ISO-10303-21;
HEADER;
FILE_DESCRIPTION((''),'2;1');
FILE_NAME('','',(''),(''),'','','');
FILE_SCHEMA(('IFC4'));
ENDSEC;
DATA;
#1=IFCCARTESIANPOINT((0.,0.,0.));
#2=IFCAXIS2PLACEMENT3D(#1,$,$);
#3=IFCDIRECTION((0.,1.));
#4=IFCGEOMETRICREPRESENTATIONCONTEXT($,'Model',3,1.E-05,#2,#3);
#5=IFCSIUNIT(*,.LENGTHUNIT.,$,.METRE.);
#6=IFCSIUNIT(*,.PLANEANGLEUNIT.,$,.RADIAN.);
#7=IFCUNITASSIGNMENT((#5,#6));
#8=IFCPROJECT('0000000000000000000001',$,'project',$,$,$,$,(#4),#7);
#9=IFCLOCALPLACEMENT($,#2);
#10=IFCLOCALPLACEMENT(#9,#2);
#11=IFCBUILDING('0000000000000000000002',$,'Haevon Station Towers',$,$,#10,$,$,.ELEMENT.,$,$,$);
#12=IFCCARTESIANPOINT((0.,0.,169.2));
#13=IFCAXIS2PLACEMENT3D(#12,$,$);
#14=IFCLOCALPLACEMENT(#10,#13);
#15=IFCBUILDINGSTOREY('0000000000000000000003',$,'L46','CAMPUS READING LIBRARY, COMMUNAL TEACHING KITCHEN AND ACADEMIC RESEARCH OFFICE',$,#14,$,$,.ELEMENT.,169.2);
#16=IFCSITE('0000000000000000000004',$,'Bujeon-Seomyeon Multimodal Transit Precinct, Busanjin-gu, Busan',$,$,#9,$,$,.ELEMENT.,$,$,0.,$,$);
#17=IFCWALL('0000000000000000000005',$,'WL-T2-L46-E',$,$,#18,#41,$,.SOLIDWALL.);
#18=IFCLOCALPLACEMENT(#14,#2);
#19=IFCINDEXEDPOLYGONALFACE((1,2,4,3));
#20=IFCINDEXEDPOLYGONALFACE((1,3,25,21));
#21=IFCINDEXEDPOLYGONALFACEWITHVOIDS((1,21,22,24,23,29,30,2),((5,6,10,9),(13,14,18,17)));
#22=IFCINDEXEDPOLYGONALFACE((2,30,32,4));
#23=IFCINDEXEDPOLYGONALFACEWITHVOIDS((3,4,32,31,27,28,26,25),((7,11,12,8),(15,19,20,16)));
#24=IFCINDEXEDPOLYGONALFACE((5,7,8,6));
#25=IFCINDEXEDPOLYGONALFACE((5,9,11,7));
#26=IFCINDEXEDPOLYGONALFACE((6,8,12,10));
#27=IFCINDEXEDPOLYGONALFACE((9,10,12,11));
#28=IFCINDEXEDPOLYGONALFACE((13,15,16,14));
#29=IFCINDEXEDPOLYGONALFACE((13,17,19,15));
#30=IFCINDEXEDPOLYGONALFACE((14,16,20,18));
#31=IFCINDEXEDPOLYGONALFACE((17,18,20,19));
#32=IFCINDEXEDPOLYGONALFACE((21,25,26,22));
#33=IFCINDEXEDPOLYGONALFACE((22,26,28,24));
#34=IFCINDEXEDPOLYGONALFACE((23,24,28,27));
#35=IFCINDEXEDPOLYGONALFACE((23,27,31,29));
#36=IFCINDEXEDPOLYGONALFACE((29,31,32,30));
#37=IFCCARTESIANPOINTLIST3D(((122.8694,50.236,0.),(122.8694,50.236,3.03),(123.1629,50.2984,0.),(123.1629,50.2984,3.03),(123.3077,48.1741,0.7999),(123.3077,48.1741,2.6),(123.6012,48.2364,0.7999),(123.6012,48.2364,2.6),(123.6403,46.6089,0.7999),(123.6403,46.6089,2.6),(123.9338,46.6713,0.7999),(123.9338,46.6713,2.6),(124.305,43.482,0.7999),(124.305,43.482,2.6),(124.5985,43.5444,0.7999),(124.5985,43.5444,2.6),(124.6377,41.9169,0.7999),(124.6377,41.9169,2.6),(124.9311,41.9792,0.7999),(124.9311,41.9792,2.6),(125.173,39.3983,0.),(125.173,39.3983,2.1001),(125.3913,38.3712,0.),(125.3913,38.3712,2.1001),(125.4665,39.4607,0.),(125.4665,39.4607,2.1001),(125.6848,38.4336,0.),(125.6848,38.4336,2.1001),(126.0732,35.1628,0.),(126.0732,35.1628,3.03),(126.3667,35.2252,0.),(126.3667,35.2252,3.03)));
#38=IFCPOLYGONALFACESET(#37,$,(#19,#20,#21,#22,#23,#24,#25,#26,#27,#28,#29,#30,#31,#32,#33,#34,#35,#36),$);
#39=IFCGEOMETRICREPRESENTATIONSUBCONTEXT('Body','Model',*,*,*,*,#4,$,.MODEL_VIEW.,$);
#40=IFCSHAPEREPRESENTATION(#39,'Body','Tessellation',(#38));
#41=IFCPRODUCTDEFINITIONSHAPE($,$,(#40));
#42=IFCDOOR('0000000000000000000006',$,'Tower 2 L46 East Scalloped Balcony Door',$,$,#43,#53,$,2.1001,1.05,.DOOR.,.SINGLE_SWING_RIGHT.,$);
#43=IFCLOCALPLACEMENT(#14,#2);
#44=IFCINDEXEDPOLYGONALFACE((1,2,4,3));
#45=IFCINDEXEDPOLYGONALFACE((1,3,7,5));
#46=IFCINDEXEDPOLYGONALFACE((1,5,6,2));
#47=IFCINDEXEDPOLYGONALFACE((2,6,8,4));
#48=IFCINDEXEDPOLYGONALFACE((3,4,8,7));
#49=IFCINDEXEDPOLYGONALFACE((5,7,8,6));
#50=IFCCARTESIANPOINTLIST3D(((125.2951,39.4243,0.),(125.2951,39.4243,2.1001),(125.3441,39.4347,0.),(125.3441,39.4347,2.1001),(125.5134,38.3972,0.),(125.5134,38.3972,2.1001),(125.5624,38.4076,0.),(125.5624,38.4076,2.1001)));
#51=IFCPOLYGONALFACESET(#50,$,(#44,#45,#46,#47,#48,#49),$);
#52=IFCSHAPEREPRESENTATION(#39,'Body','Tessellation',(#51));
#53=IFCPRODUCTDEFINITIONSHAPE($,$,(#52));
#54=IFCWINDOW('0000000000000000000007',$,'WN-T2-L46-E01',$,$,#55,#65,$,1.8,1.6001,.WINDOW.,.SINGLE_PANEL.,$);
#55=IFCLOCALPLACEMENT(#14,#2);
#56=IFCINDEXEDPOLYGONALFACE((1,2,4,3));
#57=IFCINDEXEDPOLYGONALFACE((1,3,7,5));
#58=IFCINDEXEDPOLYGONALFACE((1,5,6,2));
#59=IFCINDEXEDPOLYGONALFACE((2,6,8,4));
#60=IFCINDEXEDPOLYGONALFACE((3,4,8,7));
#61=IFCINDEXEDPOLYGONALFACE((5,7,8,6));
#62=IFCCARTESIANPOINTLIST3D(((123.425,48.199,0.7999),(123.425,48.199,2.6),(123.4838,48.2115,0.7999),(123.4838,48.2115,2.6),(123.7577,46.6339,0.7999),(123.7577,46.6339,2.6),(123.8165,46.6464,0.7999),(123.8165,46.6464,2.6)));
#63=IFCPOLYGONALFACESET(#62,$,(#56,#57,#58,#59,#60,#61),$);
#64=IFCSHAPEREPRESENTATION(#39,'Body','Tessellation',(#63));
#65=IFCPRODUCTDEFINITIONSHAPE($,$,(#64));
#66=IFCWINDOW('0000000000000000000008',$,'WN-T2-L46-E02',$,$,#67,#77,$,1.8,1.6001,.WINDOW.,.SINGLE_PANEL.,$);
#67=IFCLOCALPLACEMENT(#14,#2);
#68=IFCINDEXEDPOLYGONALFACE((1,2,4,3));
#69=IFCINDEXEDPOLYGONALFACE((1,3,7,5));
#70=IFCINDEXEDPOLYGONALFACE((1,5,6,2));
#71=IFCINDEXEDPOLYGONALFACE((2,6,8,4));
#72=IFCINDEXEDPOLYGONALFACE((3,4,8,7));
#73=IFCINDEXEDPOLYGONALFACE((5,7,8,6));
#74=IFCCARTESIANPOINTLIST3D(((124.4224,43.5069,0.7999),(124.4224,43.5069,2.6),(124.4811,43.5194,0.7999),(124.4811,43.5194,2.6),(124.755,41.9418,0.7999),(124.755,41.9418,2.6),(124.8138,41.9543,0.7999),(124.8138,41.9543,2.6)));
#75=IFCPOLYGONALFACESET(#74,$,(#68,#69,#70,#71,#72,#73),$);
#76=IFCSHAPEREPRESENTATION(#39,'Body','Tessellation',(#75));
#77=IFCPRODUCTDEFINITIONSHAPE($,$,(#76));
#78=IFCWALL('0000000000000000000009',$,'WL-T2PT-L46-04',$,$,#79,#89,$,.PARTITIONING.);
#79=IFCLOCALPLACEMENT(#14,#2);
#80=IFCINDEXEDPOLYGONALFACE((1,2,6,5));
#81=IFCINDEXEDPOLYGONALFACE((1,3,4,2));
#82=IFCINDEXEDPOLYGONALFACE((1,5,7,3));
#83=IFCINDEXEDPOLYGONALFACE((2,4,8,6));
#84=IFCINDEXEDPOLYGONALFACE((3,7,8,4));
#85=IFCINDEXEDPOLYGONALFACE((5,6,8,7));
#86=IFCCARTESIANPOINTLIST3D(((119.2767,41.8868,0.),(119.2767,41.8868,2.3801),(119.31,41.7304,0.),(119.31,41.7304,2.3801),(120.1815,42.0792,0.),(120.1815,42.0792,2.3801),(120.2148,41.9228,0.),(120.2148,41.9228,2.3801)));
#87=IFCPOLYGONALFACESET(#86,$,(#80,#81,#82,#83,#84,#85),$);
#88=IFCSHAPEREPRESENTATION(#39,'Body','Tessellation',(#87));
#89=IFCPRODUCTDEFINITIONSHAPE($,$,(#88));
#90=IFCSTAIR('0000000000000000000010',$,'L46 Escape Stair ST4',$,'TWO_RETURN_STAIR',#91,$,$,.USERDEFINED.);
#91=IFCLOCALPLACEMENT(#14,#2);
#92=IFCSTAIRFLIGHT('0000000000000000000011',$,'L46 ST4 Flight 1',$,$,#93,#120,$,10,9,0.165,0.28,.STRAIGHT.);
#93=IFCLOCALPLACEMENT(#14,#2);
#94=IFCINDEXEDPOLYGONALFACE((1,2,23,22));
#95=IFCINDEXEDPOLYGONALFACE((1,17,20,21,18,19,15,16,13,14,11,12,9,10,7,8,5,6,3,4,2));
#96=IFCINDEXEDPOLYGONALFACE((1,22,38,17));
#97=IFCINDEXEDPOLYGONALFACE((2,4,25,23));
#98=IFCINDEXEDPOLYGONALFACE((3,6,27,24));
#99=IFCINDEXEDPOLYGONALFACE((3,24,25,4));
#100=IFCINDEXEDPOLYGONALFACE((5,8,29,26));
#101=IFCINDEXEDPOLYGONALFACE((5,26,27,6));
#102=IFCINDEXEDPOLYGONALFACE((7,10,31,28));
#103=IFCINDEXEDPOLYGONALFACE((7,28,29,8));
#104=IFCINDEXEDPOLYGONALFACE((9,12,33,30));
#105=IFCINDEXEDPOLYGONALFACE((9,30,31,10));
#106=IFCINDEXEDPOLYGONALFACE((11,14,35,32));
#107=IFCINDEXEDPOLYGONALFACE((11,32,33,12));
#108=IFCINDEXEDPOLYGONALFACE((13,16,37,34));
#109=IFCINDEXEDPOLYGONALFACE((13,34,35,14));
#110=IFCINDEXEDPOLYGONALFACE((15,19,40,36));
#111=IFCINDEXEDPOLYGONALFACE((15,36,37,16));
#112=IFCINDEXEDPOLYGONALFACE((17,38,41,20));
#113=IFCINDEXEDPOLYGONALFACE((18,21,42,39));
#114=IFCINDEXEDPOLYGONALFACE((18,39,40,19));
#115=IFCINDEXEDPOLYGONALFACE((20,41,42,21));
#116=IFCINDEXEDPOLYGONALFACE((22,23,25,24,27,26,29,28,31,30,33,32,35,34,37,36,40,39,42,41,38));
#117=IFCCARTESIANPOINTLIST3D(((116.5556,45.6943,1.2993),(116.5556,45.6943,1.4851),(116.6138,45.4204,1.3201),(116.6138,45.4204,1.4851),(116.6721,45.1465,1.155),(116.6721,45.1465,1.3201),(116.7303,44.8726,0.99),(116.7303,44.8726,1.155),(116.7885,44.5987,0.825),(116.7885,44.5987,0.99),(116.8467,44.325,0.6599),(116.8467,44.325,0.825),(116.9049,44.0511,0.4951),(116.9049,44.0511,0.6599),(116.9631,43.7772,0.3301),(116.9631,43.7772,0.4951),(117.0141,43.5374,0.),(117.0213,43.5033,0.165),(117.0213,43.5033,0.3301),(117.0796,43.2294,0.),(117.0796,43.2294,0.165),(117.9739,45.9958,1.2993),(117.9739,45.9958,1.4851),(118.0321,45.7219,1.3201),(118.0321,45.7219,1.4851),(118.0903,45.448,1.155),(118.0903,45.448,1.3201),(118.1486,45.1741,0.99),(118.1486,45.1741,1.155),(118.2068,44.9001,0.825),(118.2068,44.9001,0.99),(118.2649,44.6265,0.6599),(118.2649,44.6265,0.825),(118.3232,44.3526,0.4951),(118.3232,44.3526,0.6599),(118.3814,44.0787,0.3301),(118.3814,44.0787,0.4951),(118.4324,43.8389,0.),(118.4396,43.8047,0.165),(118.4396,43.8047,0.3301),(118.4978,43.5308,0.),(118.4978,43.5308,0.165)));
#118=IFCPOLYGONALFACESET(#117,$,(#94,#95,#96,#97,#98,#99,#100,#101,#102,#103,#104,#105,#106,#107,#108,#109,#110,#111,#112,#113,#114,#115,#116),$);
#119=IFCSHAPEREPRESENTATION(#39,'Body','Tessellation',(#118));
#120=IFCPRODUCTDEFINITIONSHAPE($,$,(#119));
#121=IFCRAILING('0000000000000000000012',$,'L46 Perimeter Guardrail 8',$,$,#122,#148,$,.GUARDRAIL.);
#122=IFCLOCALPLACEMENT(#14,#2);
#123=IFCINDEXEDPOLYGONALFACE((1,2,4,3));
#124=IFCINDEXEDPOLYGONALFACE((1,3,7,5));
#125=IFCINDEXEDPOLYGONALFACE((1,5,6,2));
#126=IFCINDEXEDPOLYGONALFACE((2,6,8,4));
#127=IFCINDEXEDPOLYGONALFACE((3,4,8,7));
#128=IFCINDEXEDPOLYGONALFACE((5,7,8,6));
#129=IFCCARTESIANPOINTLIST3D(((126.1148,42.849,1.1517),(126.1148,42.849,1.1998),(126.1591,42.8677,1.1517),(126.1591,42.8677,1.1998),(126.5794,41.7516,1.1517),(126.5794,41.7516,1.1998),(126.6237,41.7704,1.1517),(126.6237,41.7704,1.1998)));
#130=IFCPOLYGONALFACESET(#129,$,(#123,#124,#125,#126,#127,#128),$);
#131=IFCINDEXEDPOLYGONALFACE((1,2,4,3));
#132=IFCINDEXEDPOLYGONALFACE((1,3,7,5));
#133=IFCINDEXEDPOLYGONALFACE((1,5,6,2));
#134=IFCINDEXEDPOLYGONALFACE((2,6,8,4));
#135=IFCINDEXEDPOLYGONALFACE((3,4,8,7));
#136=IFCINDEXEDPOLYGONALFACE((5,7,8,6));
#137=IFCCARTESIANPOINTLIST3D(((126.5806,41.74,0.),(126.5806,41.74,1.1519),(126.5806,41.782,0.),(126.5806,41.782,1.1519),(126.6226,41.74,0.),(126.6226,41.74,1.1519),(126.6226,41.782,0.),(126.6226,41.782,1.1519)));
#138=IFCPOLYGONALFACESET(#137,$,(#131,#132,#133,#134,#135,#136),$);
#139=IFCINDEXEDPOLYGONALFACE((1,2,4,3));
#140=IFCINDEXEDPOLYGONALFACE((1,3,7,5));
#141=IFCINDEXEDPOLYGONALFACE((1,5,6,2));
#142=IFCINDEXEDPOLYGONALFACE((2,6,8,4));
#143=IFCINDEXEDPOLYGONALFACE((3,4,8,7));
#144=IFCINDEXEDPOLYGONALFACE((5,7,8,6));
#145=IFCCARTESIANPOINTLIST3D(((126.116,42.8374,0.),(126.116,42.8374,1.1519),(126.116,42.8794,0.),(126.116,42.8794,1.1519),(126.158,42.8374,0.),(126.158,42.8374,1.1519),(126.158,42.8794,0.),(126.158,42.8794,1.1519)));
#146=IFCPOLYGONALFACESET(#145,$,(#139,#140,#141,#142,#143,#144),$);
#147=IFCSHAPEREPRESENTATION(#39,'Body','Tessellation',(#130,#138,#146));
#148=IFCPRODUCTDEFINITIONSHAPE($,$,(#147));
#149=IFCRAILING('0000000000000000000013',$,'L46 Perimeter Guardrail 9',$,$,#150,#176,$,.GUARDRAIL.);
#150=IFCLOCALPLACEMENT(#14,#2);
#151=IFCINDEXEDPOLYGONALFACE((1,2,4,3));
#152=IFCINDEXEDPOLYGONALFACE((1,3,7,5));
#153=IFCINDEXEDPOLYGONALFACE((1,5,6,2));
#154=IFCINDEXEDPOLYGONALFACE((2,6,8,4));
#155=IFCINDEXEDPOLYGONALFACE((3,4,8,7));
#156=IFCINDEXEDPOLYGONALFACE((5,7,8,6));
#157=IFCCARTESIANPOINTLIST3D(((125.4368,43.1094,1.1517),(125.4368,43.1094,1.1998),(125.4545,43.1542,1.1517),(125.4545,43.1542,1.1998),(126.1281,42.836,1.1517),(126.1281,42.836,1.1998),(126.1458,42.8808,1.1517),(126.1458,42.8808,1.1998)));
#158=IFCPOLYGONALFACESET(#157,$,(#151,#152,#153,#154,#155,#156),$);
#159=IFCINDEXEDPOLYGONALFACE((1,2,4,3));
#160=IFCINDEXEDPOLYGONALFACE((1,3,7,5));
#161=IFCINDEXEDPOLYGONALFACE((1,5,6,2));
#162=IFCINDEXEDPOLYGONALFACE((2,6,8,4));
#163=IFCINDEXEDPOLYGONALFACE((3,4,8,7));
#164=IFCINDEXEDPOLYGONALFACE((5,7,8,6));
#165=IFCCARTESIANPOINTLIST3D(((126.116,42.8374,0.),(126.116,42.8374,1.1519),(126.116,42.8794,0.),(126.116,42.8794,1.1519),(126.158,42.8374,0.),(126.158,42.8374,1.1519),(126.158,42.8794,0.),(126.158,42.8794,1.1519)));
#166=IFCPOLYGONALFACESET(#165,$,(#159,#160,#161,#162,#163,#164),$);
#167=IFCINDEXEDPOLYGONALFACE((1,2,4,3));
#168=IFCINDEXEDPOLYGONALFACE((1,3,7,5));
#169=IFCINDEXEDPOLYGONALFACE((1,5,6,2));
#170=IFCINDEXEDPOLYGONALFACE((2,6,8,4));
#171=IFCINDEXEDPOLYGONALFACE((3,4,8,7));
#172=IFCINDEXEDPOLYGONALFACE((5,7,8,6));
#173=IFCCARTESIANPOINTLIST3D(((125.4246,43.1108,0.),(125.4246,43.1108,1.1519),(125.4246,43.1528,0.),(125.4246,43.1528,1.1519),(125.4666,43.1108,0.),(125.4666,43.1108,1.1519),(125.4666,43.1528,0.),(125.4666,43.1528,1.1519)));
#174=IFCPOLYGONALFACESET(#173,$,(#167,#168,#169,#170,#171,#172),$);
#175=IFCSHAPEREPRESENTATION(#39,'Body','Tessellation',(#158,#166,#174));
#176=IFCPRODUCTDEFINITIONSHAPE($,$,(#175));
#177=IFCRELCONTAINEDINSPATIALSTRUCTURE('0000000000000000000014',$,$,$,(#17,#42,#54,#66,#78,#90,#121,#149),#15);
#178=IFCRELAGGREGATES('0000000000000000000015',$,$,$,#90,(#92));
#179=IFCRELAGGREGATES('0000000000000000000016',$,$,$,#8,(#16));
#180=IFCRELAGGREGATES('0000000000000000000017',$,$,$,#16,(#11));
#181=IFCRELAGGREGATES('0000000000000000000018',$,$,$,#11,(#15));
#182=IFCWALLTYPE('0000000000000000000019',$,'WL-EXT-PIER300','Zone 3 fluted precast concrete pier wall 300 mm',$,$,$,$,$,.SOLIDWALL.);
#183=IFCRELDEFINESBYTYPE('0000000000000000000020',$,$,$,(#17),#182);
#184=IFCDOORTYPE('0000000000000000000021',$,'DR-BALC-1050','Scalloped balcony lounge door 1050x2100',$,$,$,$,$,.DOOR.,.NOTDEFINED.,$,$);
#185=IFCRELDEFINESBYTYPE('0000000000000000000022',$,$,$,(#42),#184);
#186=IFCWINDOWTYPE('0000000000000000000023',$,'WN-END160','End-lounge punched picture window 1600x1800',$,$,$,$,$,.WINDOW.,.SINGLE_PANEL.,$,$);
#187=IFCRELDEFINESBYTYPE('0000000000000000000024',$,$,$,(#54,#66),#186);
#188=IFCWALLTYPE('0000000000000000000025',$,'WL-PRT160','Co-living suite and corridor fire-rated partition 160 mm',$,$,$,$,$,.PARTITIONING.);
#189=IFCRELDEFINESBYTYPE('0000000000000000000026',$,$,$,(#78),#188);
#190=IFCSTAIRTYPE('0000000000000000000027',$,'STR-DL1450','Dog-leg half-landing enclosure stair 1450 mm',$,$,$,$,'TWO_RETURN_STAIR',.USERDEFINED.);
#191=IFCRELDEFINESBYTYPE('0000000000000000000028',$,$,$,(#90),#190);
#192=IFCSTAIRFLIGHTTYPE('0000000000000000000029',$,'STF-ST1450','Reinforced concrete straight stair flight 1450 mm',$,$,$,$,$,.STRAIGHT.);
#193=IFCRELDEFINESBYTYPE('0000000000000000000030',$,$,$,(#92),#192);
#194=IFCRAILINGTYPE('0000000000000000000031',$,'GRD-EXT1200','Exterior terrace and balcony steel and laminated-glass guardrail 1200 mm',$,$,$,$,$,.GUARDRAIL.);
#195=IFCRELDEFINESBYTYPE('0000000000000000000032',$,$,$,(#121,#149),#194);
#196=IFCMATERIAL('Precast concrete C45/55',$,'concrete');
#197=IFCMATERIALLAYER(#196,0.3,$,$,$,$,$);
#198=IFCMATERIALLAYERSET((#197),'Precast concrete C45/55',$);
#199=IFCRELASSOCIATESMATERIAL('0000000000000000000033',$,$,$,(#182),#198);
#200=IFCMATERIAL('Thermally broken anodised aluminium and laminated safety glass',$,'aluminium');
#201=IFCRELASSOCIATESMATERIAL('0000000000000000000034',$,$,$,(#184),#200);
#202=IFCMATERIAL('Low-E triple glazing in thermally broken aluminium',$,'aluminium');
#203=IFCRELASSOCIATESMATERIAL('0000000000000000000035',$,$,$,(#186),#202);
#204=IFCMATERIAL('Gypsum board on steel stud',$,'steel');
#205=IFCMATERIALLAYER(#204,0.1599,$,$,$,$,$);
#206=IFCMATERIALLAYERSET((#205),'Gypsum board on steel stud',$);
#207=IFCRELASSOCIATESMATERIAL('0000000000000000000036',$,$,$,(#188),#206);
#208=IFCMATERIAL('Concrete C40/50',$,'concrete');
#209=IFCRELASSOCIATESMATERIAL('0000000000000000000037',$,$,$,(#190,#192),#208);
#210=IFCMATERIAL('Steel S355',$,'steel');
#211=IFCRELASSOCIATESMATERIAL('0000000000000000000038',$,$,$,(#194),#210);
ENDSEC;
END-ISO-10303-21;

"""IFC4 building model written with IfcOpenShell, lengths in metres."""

from ifc_helpers import new_model, si_unit, direction, frame, frame_2d, origin, origin_2d, place, context, subcontext, project, spatial, polyline, rectangle, outline, extrude, material, layer, layer_set, type_object, element, fill, aggregate, save


model = new_model("IFC4")

# Units and contexts
model_context = context("Model", 3, precision=1e-05, world=origin(), true_north=direction((0.0, 1.0)))
body_context = subcontext(model_context, "Body", "Model", "MODEL_VIEW")
ifc_project = project(units=[si_unit("LENGTHUNIT", "METRE"), si_unit("PLANEANGLEUNIT", "RADIAN")], contexts=[model_context])

# Site, building, storey
site_placement = place(None, origin())
site = spatial("IfcSite", under=ifc_project, at=site_placement, Name="Bujeon-Seomyeon Multimodal Transit Precinct, Busanjin-gu, Busan", CompositionType="ELEMENT", RefElevation=0.0)
building_placement = place(site_placement, origin())
building = spatial("IfcBuilding", under=site, at=building_placement, Name="Haevon Station Towers", CompositionType="ELEMENT")
storey_placement = place(building_placement, frame((0.0, 0.0, 169.2)))
storey = spatial("IfcBuildingStorey", under=building, at=storey_placement, Name="L46", Description="CAMPUS READING LIBRARY, COMMUNAL TEACHING KITCHEN AND ACADEMIC RESEARCH OFFICE", CompositionType="ELEMENT", Elevation=169.2)

# Shared definitions
ifc_material_1 = material(Name="Steel S355", Category="steel")

# Shared definitions
ifc_material_2 = material(Name="Precast concrete C45/55", Category="concrete")
ifc_layer_1 = layer(ifc_material_2, 0.3)
ifc_layer_set_1 = layer_set([ifc_layer_1], Name="Precast concrete C45/55")
wall_type_1 = type_object("IfcWallType", Name="WL-EXT-PIER300", Description="Zone 3 fluted precast concrete pier wall 300 mm", PredefinedType="SOLIDWALL", material=ifc_layer_set_1)

# Wall, openings, door, windows
wall_1_placement = place(storey_placement, frame((123.0161, 50.2673, 0.0), z_axis=(0.0, 0.0, 1.0), x_axis=(0.207908, -0.978148, 0.0)))
wall_1 = element("IfcWall", 1, at=wall_1_placement, inside=storey, type_object=wall_type_1, Name="WL-T2-L46-E", PredefinedType="SOLIDWALL", context=body_context, shape_type="SweptSolid", body=[
    extrude(rectangle(XDim=15.4099, YDim=0.3, at=frame_2d((7.7051, 0.0))), origin(), (0.0, 0.0, 1.0), 3.03),
])
opening_1_placement = place(wall_1_placement, frame((11.0801, 0.0, 0.0)))
opening_1 = element("IfcOpeningElement", 2, at=opening_1_placement, cuts=wall_1, PredefinedType="OPENING", context=body_context, shape_type="SweptSolid", body=[
    extrude(rectangle(XDim=1.05, YDim=2.1001, at=frame_2d((0.5249, 1.05))), frame((0.0, 0.1599, 0.0), z_axis=(0.0, -1.0, 0.0), x_axis=(1.0, 0.0, 0.0)), (0.0, 0.0, 1.0), 0.3201),
])
opening_2_placement = place(wall_1_placement, frame((2.1082, 0.0, 0.8)))
opening_2 = element("IfcOpeningElement", 3, at=opening_2_placement, cuts=wall_1, PredefinedType="OPENING", context=body_context, shape_type="SweptSolid", body=[
    extrude(rectangle(XDim=1.6001, YDim=1.8, at=frame_2d((0.8, 0.8999))), frame((0.0, 0.1599, 0.0), z_axis=(0.0, -1.0, 0.0), x_axis=(1.0, 0.0, 0.0)), (0.0, 0.0, 1.0), 0.3201),
])
opening_3_placement = place(wall_1_placement, frame((6.905, 0.0, 0.8)))
opening_3 = element("IfcOpeningElement", 4, at=opening_3_placement, cuts=wall_1, PredefinedType="OPENING", context=body_context, shape_type="SweptSolid", body=[
    extrude(rectangle(XDim=1.6001, YDim=1.8, at=frame_2d((0.8, 0.8999))), frame((0.0, 0.1599, 0.0), z_axis=(0.0, -1.0, 0.0), x_axis=(1.0, 0.0, 0.0)), (0.0, 0.0, 1.0), 0.3201),
])
ifc_material_3 = material(Name="Thermally broken anodised aluminium and laminated safety glass", Category="aluminium")
door_type = type_object("IfcDoorType", Name="DR-BALC-1050", Description="Scalloped balcony lounge door 1050x2100", OperationType="NOTDEFINED", PredefinedType="DOOR", material=ifc_material_3)
door_placement = place(opening_1_placement, origin())
door = element("IfcDoor", 5, at=door_placement, inside=storey, type_object=door_type, Name="Tower 2 L46 East Scalloped Balcony Door", OperationType="SINGLE_SWING_RIGHT", OverallHeight=2.1001, OverallWidth=1.05, PredefinedType="DOOR", context=body_context, shape_type="SweptSolid", body=[
    extrude(rectangle(XDim=1.05, YDim=2.1001, at=frame_2d((0.5249, 1.05))), frame((0.0, 0.0249, 0.0), z_axis=(0.0, -1.0, 0.0), x_axis=(1.0, 0.0, 0.0)), (0.0, 0.0, 1.0), 0.05),
])
fill(opening_1, door)
ifc_material_4 = material(Name="Low-E triple glazing in thermally broken aluminium", Category="aluminium")
window_type = type_object("IfcWindowType", Name="WN-END160", Description="End-lounge punched picture window 1600x1800", PartitioningType="SINGLE_PANEL", PredefinedType="WINDOW", material=ifc_material_4)
window_1_placement = place(opening_2_placement, origin())
window_1 = element("IfcWindow", 6, at=window_1_placement, inside=storey, type_object=window_type, Name="WN-T2-L46-E01", OverallHeight=1.8, OverallWidth=1.6001, PartitioningType="SINGLE_PANEL", PredefinedType="WINDOW", context=body_context, shape_type="SweptSolid", body=[
    extrude(rectangle(XDim=1.6001, YDim=1.8, at=frame_2d((0.8, 0.8999))), frame((0.0, 0.03, 0.0), z_axis=(0.0, -1.0, 0.0), x_axis=(1.0, 0.0, 0.0)), (0.0, 0.0, 1.0), 0.0601),
])
fill(opening_2, window_1)
window_2_placement = place(opening_3_placement, origin())
window_2 = element("IfcWindow", 7, at=window_2_placement, inside=storey, type_object=window_type, Name="WN-T2-L46-E02", OverallHeight=1.8, OverallWidth=1.6001, PartitioningType="SINGLE_PANEL", PredefinedType="WINDOW", context=body_context, shape_type="SweptSolid", body=[
    extrude(rectangle(XDim=1.6001, YDim=1.8, at=frame_2d((0.8, 0.8999))), frame((0.0, 0.03, 0.0), z_axis=(0.0, -1.0, 0.0), x_axis=(1.0, 0.0, 0.0)), (0.0, 0.0, 1.0), 0.0601),
])
fill(opening_3, window_2)

# Wall
ifc_material_5 = material(Name="Gypsum board on steel stud", Category="steel")
ifc_layer_2 = layer(ifc_material_5, 0.1599)
ifc_layer_set_2 = layer_set([ifc_layer_2], Name="Gypsum board on steel stud")
wall_type_2 = type_object("IfcWallType", Name="WL-PRT160", Description="Co-living suite and corridor fire-rated partition 160 mm", PredefinedType="PARTITIONING", material=ifc_layer_set_2)
wall_2_placement = place(storey_placement, frame((119.2935, 41.8086, 0.0), z_axis=(0.0, 0.0, 1.0), x_axis=(0.978133, 0.207979, 0.0)))
element("IfcWall", 8, at=wall_2_placement, inside=storey, type_object=wall_type_2, Name="WL-T2PT-L46-04", PredefinedType="PARTITIONING", context=body_context, shape_type="SweptSolid", body=[
    extrude(rectangle(XDim=0.925, YDim=0.1599, at=frame_2d((0.4624, 0.0))), origin(), (0.0, 0.0, 1.0), 2.3801),
])

# Stair, stair flight
ifc_material_6 = material(Name="Concrete C40/50", Category="concrete")
stair_type = type_object("IfcStairType", Name="STR-DL1450", Description="Dog-leg half-landing enclosure stair 1450 mm", ElementType="TWO_RETURN_STAIR", PredefinedType="USERDEFINED", material=ifc_material_6)
stair_placement = place(storey_placement, origin())
stair = element("IfcStair", 9, at=stair_placement, inside=storey, type_object=stair_type, Name="L46 Escape Stair ST4", ObjectType="TWO_RETURN_STAIR", PredefinedType="USERDEFINED")
stair_flight_type = type_object("IfcStairFlightType", Name="STF-ST1450", Description="Reinforced concrete straight stair flight 1450 mm", PredefinedType="STRAIGHT", material=ifc_material_6)
stair_flight_placement = place(storey_placement, frame((117.7888, 43.3801, 0.0), z_axis=(0.0, 0.0, 1.0), x_axis=(-0.207912, 0.978148, 0.0)))
stair_flight = element("IfcStairFlight", 10, at=stair_flight_placement, type_object=stair_flight_type, Name="L46 ST4 Flight 1", NumberOfRisers=10, NumberOfTreads=9, PredefinedType="STRAIGHT", RiserHeight=0.165, TreadLength=0.28, context=body_context, shape_type="SweptSolid", body=[
    extrude(outline(polyline([(0.0, 0.0), (0.0, 0.165), (0.28, 0.165), (0.28, 0.3301), (0.5601, 0.3301), (0.5601, 0.4951), (0.8401, 0.4951), (0.8401, 0.6599), (1.1201, 0.6599), (1.1201, 0.825), (1.3999, 0.825), (1.3999, 0.99), (1.6799, 0.99), (1.6799, 1.155), (1.96, 1.155), (1.96, 1.3201), (2.24, 1.3201), (2.24, 1.4851), (2.52, 1.4851), (2.52, 1.6499), (2.52, 1.2993), (0.3149, 0.0), (0.0, 0.0)])), frame((0.0, 0.7251, 0.0), z_axis=(0.0, -1.0, 0.0), x_axis=(1.0, 0.0, 0.0)), (0.0, 0.0, 1.0), 1.45),
])
aggregate(stair, [stair_flight])

# Railings
railing_type_1 = type_object("IfcRailingType", Name="GRD-EXT1200", Description="Exterior terrace and balcony steel and laminated-glass guardrail 1200 mm", PredefinedType="GUARDRAIL", material=ifc_material_1)
railing_1_placement = place(storey_placement, frame((126.6016, 41.761, 0.0)))
element("IfcRailing", 11, at=railing_1_placement, inside=storey, type_object=railing_type_1, Name="L46 Perimeter Guardrail 8", PredefinedType="GUARDRAIL", context=body_context, shape_type="SweptSolid", body=[
    extrude(rectangle(XDim=0.0481, YDim=0.0481, at=origin_2d()), frame((0.0, 0.0, 1.1758), z_axis=(-0.389861, 0.920874, 0.0), x_axis=(-0.920874, -0.389861, 0.0)), (0.0, 0.0, 1.0), 1.1917),
    extrude(rectangle(XDim=0.042, YDim=0.042, at=origin_2d()), origin(), (0.0, 0.0, 1.0), 1.1519),
    extrude(rectangle(XDim=0.042, YDim=0.042, at=origin_2d()), frame((-0.4646, 1.0974, 0.0)), (0.0, 0.0, 1.0), 1.1519),
])
railing_2_placement = place(storey_placement, frame((126.137, 42.8584, 0.0)))
element("IfcRailing", 12, at=railing_2_placement, inside=storey, type_object=railing_type_1, Name="L46 Perimeter Guardrail 9", PredefinedType="GUARDRAIL", context=body_context, shape_type="SweptSolid", body=[
    extrude(rectangle(XDim=0.0481, YDim=0.0481, at=origin_2d()), frame((0.0, 0.0, 1.1758), z_axis=(-0.929919, 0.367765, 0.0), x_axis=(-0.367765, -0.929919, 0.0)), (0.0, 0.0, 1.0), 0.7434),
    extrude(rectangle(XDim=0.042, YDim=0.042, at=origin_2d()), origin(), (0.0, 0.0, 1.0), 1.1519),
    extrude(rectangle(XDim=0.042, YDim=0.042, at=origin_2d()), frame((-0.6914, 0.2734, 0.0)), (0.0, 0.0, 1.0), 1.1519),
])

save(model, "model.ifc")
